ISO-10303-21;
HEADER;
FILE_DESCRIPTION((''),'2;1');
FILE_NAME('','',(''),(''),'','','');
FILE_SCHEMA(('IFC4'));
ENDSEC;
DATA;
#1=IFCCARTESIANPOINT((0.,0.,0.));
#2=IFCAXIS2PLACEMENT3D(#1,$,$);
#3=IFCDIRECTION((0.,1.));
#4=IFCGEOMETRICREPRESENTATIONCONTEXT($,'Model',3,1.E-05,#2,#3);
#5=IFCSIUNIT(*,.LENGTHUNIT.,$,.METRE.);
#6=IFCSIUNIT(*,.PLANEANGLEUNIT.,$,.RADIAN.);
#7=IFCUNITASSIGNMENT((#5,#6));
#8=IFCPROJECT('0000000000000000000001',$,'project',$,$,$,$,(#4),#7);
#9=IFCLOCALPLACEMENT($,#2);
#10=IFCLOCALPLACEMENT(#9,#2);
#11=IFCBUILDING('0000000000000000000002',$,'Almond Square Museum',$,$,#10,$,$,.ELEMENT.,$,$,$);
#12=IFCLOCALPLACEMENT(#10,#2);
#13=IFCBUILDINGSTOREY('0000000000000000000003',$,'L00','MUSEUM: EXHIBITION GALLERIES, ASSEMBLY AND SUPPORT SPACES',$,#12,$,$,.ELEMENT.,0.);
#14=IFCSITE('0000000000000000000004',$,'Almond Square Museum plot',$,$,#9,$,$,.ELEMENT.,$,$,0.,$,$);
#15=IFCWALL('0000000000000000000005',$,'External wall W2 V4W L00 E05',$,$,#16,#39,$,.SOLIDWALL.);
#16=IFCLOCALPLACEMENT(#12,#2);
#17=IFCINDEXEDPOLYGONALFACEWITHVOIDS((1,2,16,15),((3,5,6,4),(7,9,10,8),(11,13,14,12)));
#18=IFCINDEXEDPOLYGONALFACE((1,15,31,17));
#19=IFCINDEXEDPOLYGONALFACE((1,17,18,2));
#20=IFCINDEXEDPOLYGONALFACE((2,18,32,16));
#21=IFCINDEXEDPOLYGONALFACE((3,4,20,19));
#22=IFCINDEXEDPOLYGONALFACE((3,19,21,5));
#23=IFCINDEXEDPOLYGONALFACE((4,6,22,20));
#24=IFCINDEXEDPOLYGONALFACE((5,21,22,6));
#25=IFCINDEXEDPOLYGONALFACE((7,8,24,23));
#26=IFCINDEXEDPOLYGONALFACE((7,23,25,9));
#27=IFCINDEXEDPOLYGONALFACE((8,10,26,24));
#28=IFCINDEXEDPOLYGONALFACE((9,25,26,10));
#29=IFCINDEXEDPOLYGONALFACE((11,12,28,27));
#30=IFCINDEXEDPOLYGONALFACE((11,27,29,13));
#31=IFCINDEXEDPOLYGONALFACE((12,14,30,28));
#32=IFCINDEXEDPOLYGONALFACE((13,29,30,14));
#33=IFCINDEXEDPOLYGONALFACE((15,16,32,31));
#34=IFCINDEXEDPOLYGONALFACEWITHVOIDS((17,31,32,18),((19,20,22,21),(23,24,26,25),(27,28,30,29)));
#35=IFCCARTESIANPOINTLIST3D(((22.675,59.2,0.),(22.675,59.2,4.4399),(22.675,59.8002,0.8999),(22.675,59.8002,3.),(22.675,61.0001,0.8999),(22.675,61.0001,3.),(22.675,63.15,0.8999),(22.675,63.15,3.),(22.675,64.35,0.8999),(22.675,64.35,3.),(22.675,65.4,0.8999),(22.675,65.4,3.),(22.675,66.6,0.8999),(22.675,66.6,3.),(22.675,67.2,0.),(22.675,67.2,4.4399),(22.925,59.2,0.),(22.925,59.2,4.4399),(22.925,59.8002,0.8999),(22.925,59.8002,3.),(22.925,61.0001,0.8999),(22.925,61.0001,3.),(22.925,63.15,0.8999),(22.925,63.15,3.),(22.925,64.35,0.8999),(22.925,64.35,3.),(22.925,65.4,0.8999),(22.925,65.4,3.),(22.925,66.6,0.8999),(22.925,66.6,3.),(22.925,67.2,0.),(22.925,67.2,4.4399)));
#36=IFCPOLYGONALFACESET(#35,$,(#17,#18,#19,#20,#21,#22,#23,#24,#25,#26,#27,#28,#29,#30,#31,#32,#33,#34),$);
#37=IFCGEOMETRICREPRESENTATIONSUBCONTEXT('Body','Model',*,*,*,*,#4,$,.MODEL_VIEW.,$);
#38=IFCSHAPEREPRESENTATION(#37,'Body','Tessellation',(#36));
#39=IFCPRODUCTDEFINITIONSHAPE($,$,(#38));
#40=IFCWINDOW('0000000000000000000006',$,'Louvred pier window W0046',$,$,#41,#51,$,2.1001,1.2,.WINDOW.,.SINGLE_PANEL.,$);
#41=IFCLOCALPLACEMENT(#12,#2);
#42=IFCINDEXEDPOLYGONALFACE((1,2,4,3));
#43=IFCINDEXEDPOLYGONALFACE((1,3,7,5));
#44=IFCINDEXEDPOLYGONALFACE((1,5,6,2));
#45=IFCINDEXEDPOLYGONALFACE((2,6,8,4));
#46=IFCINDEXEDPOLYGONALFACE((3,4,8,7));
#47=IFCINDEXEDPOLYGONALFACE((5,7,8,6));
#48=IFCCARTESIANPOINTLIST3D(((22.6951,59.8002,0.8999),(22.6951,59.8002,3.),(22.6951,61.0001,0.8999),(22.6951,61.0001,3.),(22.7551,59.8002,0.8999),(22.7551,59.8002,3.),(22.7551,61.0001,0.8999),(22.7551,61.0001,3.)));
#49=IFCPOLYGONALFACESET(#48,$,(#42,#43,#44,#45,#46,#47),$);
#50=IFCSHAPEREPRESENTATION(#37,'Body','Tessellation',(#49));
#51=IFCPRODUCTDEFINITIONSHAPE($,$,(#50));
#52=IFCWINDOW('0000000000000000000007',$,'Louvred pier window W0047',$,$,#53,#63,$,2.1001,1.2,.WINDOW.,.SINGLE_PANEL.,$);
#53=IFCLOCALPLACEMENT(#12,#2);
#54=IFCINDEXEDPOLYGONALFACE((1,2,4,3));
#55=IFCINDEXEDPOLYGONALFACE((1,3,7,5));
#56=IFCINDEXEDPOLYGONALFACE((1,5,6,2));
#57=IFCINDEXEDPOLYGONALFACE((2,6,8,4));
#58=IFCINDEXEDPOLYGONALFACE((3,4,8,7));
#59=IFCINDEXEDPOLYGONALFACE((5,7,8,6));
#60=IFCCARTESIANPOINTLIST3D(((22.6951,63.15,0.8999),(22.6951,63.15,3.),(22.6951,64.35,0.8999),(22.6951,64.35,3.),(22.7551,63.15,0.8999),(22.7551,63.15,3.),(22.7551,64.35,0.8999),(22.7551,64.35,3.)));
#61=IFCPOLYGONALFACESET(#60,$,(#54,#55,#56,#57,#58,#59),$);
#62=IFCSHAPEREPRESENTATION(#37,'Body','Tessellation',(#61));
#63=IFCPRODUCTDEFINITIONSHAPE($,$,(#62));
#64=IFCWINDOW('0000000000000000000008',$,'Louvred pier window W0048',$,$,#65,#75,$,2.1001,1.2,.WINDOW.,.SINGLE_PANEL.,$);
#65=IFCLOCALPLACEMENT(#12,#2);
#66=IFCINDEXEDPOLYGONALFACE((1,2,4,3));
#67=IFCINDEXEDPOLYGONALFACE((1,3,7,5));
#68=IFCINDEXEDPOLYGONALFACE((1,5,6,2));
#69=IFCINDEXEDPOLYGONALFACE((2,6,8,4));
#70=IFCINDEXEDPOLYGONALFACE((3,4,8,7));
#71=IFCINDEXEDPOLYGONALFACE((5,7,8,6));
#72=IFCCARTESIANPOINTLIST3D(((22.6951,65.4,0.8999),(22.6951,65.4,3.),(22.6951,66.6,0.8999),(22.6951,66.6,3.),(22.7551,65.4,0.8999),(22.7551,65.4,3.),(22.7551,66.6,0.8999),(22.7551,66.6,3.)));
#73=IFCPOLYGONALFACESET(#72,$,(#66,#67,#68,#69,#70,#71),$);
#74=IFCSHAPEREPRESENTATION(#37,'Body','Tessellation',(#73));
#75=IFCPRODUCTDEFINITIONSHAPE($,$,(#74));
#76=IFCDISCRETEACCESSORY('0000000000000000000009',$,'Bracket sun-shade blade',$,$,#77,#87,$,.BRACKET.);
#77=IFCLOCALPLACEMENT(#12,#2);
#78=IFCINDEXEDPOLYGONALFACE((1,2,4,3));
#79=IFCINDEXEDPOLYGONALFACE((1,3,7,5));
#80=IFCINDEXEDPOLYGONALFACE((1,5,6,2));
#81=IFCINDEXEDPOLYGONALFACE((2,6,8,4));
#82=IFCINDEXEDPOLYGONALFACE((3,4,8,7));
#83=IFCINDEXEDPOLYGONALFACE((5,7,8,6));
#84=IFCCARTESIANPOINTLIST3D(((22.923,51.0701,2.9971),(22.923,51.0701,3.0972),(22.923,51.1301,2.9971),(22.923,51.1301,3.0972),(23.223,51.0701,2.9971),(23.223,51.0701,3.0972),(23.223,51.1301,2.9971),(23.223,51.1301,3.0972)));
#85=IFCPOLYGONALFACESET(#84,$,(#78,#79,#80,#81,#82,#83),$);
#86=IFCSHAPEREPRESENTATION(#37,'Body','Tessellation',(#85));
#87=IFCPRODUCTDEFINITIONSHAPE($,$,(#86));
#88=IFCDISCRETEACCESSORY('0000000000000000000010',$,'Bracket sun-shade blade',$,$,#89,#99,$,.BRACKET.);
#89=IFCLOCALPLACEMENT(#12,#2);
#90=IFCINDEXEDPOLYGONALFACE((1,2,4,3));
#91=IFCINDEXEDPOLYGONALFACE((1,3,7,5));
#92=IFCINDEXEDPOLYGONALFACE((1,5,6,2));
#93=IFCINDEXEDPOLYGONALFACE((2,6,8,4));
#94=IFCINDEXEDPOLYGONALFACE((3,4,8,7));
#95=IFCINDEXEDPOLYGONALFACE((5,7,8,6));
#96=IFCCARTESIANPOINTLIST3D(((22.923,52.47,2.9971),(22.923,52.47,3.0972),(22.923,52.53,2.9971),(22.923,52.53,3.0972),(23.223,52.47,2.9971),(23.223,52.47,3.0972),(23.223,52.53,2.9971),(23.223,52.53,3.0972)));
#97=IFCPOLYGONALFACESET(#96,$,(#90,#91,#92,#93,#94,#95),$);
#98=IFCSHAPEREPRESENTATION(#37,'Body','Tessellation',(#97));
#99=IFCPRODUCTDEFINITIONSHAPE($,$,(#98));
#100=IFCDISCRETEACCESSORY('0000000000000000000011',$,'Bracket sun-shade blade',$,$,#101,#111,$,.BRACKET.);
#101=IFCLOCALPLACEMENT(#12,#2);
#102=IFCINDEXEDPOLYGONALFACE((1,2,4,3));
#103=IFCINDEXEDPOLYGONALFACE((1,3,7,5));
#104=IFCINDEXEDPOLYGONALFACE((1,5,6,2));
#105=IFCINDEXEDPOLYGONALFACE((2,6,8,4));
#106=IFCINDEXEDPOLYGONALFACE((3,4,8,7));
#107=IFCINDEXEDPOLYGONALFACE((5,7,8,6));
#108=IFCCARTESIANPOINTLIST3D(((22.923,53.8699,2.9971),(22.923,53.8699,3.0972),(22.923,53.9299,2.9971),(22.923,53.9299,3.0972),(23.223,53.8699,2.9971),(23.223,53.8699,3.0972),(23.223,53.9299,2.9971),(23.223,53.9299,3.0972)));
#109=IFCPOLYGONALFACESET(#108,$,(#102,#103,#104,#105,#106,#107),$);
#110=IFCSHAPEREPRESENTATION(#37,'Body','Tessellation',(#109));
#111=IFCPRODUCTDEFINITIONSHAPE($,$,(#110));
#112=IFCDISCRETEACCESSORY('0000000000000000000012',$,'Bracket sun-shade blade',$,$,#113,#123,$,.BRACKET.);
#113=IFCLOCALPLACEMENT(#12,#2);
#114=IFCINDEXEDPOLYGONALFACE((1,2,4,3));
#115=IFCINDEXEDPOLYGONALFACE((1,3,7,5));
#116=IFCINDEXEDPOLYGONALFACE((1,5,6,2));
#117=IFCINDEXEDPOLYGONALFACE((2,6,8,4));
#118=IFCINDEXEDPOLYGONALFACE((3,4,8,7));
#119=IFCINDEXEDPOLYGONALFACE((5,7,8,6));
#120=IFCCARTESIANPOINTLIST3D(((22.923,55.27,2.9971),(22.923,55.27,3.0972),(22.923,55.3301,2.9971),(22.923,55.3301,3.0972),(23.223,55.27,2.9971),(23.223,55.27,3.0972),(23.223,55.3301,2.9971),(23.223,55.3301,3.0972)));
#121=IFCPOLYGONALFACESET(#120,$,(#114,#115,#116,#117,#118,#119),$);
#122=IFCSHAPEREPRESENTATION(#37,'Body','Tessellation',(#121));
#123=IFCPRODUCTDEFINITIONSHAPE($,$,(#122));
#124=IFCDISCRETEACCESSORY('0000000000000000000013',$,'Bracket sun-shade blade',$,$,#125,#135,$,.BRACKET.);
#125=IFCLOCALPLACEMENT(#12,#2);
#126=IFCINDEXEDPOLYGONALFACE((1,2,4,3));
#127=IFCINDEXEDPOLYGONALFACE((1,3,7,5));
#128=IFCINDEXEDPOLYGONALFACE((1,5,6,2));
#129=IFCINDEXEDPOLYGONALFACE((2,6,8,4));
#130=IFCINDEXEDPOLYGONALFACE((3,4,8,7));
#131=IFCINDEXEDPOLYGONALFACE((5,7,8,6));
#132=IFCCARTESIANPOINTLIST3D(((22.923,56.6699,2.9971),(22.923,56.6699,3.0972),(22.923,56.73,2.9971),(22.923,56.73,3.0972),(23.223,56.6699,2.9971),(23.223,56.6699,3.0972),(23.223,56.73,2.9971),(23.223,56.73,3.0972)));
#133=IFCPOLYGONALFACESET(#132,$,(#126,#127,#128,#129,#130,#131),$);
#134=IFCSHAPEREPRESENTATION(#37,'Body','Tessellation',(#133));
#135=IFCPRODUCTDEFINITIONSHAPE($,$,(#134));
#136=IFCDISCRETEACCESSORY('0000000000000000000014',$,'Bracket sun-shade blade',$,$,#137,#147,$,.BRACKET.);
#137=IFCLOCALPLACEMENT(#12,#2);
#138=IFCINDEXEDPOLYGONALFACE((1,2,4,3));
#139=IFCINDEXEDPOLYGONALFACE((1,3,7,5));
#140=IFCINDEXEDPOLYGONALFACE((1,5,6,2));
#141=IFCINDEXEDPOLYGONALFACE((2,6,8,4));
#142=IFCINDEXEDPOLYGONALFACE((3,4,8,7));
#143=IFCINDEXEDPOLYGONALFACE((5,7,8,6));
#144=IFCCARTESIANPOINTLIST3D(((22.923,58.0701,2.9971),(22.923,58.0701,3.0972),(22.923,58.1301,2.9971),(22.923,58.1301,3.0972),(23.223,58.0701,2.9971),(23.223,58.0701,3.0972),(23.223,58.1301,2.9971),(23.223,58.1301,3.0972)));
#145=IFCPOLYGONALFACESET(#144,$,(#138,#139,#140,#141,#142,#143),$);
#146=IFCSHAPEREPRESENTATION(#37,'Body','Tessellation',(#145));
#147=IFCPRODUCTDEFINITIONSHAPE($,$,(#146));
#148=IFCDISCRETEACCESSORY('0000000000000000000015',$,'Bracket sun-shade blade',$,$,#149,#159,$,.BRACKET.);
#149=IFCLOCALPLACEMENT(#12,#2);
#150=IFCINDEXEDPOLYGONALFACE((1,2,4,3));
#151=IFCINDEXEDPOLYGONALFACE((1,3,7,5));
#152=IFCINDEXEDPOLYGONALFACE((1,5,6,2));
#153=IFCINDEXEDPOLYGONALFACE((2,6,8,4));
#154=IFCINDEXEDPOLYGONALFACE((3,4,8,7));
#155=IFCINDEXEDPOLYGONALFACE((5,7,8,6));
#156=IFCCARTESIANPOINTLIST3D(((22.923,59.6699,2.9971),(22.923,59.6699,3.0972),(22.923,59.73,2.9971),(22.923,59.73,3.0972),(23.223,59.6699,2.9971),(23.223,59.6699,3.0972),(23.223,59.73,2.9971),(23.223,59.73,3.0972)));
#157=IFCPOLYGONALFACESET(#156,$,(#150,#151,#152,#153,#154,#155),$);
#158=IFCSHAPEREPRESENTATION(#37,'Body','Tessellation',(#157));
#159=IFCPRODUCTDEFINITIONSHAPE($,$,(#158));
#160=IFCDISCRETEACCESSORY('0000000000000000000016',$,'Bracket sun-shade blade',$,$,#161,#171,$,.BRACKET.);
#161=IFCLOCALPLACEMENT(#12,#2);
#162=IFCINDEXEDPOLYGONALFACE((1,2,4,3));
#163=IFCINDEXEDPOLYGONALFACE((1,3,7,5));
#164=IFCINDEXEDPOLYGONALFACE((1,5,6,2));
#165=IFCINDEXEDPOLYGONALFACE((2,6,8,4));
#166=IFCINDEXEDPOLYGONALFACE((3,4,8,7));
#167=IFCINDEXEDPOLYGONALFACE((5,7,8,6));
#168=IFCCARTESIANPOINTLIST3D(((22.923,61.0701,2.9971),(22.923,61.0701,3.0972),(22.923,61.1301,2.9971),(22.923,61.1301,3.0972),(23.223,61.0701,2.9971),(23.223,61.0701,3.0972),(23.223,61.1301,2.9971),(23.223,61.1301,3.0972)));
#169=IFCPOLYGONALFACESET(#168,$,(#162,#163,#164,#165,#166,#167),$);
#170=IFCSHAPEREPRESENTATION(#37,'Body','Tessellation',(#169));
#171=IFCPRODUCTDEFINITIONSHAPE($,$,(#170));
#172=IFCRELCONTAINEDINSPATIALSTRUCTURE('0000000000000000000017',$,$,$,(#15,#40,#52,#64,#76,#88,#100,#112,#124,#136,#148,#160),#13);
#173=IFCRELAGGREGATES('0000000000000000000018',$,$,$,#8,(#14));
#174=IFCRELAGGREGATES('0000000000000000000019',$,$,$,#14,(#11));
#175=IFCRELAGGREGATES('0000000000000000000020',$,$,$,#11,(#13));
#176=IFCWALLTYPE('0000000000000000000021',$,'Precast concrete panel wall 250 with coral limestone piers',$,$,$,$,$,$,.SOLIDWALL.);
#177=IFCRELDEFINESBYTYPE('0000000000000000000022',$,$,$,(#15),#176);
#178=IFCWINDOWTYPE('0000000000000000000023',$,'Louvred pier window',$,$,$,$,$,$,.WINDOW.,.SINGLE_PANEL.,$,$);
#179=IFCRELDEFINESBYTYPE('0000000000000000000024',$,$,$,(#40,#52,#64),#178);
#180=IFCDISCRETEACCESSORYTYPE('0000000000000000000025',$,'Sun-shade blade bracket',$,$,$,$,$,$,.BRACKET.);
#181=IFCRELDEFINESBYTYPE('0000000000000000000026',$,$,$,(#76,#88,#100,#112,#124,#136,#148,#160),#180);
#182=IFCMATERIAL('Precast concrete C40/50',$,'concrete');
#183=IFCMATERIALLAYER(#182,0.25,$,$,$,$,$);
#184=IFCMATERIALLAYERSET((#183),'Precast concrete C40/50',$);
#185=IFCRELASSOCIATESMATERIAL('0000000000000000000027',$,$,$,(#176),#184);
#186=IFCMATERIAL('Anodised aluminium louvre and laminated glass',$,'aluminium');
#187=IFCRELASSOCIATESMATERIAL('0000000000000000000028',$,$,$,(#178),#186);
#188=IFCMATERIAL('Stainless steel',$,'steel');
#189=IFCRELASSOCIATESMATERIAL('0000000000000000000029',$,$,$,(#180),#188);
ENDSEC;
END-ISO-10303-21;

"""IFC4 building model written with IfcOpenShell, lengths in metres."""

from ifc_helpers import new_model, si_unit, direction, frame, frame_2d, origin, origin_2d, place, context, subcontext, project, spatial, rectangle, extrude, material, layer, layer_set, type_object, element, fill, save


model = new_model("IFC4")

# Units and contexts
model_context = context("Model", 3, precision=1e-05, world=origin(), true_north=direction((0.0, 1.0)))
body_context = subcontext(model_context, "Body", "Model", "MODEL_VIEW")
ifc_project = project(units=[si_unit("LENGTHUNIT", "METRE"), si_unit("PLANEANGLEUNIT", "RADIAN")], contexts=[model_context])

# Site, building, storey
site_placement = place(None, origin())
site = spatial("IfcSite", under=ifc_project, at=site_placement, Name="Almond Square Museum plot", CompositionType="ELEMENT", RefElevation=0.0)
building_placement = place(site_placement, origin())
building = spatial("IfcBuilding", under=site, at=building_placement, Name="Almond Square Museum", CompositionType="ELEMENT")
storey_placement = place(building_placement, origin())
storey = spatial("IfcBuildingStorey", under=building, at=storey_placement, Name="L00", Description="MUSEUM: EXHIBITION GALLERIES, ASSEMBLY AND SUPPORT SPACES", CompositionType="ELEMENT", Elevation=0.0)

# Wall, openings, windows
ifc_material_1 = material(Name="Precast concrete C40/50", Category="concrete")
ifc_layer = layer(ifc_material_1, 0.25)
ifc_layer_set = layer_set([ifc_layer], Name="Precast concrete C40/50")
wall_type = type_object("IfcWallType", Name="Precast concrete panel wall 250 with coral limestone piers", PredefinedType="SOLIDWALL", material=ifc_layer_set)
ifc_material_2 = material(Name="Anodised aluminium louvre and laminated glass", Category="aluminium")
window_type = type_object("IfcWindowType", Name="Louvred pier window", PartitioningType="SINGLE_PANEL", PredefinedType="WINDOW", material=ifc_material_2)
wall_1_placement = place(storey_placement, frame((22.8, 59.2, 0.0), z_axis=(0.0, 0.0, 1.0), x_axis=(0.0, 1.0, 0.0)))
wall_1 = element("IfcWall", 1, at=wall_1_placement, inside=storey, type_object=wall_type, Name="External wall W2 V4W L00 E05", PredefinedType="SOLIDWALL", context=body_context, shape_type="SweptSolid", body=[
    extrude(rectangle(XDim=8.0, YDim=0.25, at=frame_2d((4.0, 0.0))), origin(), (0.0, 0.0, 1.0), 4.4399),
])
opening_1_placement = place(wall_1_placement, frame((0.6001, 0.0, 0.8999)))
opening_1 = element("IfcOpeningElement", 2, at=opening_1_placement, cuts=wall_1, PredefinedType="OPENING", context=body_context, shape_type="SweptSolid", body=[
    extrude(rectangle(XDim=1.2, YDim=2.1001, at=frame_2d((0.6001, 1.05))), frame((0.0, 0.135, 0.0), z_axis=(0.0, -1.0, 0.0), x_axis=(1.0, 0.0, 0.0)), (0.0, 0.0, 1.0), 0.27),
])
opening_2_placement = place(wall_1_placement, frame((3.95, 0.0, 0.8999)))
opening_2 = element("IfcOpeningElement", 3, at=opening_2_placement, cuts=wall_1, PredefinedType="OPENING", context=body_context, shape_type="SweptSolid", body=[
    extrude(rectangle(XDim=1.2, YDim=2.1001, at=frame_2d((0.6001, 1.05))), frame((0.0, 0.135, 0.0), z_axis=(0.0, -1.0, 0.0), x_axis=(1.0, 0.0, 0.0)), (0.0, 0.0, 1.0), 0.27),
])
opening_3_placement = place(wall_1_placement, frame((6.2, 0.0, 0.8999)))
opening_3 = element("IfcOpeningElement", 4, at=opening_3_placement, cuts=wall_1, PredefinedType="OPENING", context=body_context, shape_type="SweptSolid", body=[
    extrude(rectangle(XDim=1.2, YDim=2.1001, at=frame_2d((0.6001, 1.05))), frame((0.0, 0.135, 0.0), z_axis=(0.0, -1.0, 0.0), x_axis=(1.0, 0.0, 0.0)), (0.0, 0.0, 1.0), 0.27),
])
window_1_placement = place(opening_1_placement, origin())
window_1 = element("IfcWindow", 5, at=window_1_placement, inside=storey, type_object=window_type, Name="Louvred pier window W0046", OverallHeight=2.1001, OverallWidth=1.2, PartitioningType="SINGLE_PANEL", PredefinedType="WINDOW", context=body_context, shape_type="SweptSolid", body=[
    extrude(rectangle(XDim=1.2, YDim=2.1001, at=frame_2d((0.6001, 1.05))), frame((0.0, 0.105, 0.0), z_axis=(0.0, -1.0, 0.0), x_axis=(1.0, 0.0, 0.0)), (0.0, 0.0, 1.0), 0.0601),
])
fill(opening_1, window_1)
window_2_placement = place(opening_2_placement, origin())
window_2 = element("IfcWindow", 6, at=window_2_placement, inside=storey, type_object=window_type, Name="Louvred pier window W0047", OverallHeight=2.1001, OverallWidth=1.2, PartitioningType="SINGLE_PANEL", PredefinedType="WINDOW", context=body_context, shape_type="SweptSolid", body=[
    extrude(rectangle(XDim=1.2, YDim=2.1001, at=frame_2d((0.6001, 1.05))), frame((0.0, 0.105, 0.0), z_axis=(0.0, -1.0, 0.0), x_axis=(1.0, 0.0, 0.0)), (0.0, 0.0, 1.0), 0.0601),
])
fill(opening_2, window_2)
window_3_placement = place(opening_3_placement, origin())
window_3 = element("IfcWindow", 7, at=window_3_placement, inside=storey, type_object=window_type, Name="Louvred pier window W0048", OverallHeight=2.1001, OverallWidth=1.2, PartitioningType="SINGLE_PANEL", PredefinedType="WINDOW", context=body_context, shape_type="SweptSolid", body=[
    extrude(rectangle(XDim=1.2, YDim=2.1001, at=frame_2d((0.6001, 1.05))), frame((0.0, 0.105, 0.0), z_axis=(0.0, -1.0, 0.0), x_axis=(1.0, 0.0, 0.0)), (0.0, 0.0, 1.0), 0.0601),
])
fill(opening_3, window_3)

# Discrete accessories
ifc_material_3 = material(Name="Stainless steel", Category="steel")
discrete_accessory_type = type_object("IfcDiscreteAccessoryType", Name="Sun-shade blade bracket", PredefinedType="BRACKET", material=ifc_material_3)
for number, where, z_axis, x_axis, name in (
    (8, (23.073, 51.1001, 2.9971), (0.0, 0.0, 1.0), (1.0, 0.0, 0.0), "Bracket sun-shade blade"),
    (9, (23.073, 52.5, 2.9971), (0.0, 0.0, 1.0), (1.0, 0.0, 0.0), "Bracket sun-shade blade"),
    (10, (23.073, 53.8999, 2.9971), (0.0, 0.0, 1.0), (1.0, 0.0, 0.0), "Bracket sun-shade blade"),
    (11, (23.073, 55.3, 2.9971), (0.0, 0.0, 1.0), (1.0, 0.0, 0.0), "Bracket sun-shade blade"),
    (12, (23.073, 56.7, 2.9971), (0.0, 0.0, 1.0), (1.0, 0.0, 0.0), "Bracket sun-shade blade"),
    (13, (23.073, 58.1001, 2.9971), (0.0, 0.0, 1.0), (1.0, 0.0, 0.0), "Bracket sun-shade blade"),
    (14, (23.073, 59.7, 2.9971), (0.0, 0.0, 1.0), (1.0, 0.0, 0.0), "Bracket sun-shade blade"),
    (15, (23.073, 61.1001, 2.9971), (0.0, 0.0, 1.0), (1.0, 0.0, 0.0), "Bracket sun-shade blade"),
):
    element("IfcDiscreteAccessory", number, at=place(storey_placement, frame(where, z_axis=z_axis, x_axis=x_axis)), inside=storey, type_object=discrete_accessory_type, Name=name, PredefinedType="BRACKET", context=body_context, shape_type="SweptSolid", body=[
        extrude(rectangle(XDim=0.3, YDim=0.0601, at=origin_2d()), origin(), (0.0, 0.0, 1.0), 0.1001),
    ])

save(model, "model.ifc")
